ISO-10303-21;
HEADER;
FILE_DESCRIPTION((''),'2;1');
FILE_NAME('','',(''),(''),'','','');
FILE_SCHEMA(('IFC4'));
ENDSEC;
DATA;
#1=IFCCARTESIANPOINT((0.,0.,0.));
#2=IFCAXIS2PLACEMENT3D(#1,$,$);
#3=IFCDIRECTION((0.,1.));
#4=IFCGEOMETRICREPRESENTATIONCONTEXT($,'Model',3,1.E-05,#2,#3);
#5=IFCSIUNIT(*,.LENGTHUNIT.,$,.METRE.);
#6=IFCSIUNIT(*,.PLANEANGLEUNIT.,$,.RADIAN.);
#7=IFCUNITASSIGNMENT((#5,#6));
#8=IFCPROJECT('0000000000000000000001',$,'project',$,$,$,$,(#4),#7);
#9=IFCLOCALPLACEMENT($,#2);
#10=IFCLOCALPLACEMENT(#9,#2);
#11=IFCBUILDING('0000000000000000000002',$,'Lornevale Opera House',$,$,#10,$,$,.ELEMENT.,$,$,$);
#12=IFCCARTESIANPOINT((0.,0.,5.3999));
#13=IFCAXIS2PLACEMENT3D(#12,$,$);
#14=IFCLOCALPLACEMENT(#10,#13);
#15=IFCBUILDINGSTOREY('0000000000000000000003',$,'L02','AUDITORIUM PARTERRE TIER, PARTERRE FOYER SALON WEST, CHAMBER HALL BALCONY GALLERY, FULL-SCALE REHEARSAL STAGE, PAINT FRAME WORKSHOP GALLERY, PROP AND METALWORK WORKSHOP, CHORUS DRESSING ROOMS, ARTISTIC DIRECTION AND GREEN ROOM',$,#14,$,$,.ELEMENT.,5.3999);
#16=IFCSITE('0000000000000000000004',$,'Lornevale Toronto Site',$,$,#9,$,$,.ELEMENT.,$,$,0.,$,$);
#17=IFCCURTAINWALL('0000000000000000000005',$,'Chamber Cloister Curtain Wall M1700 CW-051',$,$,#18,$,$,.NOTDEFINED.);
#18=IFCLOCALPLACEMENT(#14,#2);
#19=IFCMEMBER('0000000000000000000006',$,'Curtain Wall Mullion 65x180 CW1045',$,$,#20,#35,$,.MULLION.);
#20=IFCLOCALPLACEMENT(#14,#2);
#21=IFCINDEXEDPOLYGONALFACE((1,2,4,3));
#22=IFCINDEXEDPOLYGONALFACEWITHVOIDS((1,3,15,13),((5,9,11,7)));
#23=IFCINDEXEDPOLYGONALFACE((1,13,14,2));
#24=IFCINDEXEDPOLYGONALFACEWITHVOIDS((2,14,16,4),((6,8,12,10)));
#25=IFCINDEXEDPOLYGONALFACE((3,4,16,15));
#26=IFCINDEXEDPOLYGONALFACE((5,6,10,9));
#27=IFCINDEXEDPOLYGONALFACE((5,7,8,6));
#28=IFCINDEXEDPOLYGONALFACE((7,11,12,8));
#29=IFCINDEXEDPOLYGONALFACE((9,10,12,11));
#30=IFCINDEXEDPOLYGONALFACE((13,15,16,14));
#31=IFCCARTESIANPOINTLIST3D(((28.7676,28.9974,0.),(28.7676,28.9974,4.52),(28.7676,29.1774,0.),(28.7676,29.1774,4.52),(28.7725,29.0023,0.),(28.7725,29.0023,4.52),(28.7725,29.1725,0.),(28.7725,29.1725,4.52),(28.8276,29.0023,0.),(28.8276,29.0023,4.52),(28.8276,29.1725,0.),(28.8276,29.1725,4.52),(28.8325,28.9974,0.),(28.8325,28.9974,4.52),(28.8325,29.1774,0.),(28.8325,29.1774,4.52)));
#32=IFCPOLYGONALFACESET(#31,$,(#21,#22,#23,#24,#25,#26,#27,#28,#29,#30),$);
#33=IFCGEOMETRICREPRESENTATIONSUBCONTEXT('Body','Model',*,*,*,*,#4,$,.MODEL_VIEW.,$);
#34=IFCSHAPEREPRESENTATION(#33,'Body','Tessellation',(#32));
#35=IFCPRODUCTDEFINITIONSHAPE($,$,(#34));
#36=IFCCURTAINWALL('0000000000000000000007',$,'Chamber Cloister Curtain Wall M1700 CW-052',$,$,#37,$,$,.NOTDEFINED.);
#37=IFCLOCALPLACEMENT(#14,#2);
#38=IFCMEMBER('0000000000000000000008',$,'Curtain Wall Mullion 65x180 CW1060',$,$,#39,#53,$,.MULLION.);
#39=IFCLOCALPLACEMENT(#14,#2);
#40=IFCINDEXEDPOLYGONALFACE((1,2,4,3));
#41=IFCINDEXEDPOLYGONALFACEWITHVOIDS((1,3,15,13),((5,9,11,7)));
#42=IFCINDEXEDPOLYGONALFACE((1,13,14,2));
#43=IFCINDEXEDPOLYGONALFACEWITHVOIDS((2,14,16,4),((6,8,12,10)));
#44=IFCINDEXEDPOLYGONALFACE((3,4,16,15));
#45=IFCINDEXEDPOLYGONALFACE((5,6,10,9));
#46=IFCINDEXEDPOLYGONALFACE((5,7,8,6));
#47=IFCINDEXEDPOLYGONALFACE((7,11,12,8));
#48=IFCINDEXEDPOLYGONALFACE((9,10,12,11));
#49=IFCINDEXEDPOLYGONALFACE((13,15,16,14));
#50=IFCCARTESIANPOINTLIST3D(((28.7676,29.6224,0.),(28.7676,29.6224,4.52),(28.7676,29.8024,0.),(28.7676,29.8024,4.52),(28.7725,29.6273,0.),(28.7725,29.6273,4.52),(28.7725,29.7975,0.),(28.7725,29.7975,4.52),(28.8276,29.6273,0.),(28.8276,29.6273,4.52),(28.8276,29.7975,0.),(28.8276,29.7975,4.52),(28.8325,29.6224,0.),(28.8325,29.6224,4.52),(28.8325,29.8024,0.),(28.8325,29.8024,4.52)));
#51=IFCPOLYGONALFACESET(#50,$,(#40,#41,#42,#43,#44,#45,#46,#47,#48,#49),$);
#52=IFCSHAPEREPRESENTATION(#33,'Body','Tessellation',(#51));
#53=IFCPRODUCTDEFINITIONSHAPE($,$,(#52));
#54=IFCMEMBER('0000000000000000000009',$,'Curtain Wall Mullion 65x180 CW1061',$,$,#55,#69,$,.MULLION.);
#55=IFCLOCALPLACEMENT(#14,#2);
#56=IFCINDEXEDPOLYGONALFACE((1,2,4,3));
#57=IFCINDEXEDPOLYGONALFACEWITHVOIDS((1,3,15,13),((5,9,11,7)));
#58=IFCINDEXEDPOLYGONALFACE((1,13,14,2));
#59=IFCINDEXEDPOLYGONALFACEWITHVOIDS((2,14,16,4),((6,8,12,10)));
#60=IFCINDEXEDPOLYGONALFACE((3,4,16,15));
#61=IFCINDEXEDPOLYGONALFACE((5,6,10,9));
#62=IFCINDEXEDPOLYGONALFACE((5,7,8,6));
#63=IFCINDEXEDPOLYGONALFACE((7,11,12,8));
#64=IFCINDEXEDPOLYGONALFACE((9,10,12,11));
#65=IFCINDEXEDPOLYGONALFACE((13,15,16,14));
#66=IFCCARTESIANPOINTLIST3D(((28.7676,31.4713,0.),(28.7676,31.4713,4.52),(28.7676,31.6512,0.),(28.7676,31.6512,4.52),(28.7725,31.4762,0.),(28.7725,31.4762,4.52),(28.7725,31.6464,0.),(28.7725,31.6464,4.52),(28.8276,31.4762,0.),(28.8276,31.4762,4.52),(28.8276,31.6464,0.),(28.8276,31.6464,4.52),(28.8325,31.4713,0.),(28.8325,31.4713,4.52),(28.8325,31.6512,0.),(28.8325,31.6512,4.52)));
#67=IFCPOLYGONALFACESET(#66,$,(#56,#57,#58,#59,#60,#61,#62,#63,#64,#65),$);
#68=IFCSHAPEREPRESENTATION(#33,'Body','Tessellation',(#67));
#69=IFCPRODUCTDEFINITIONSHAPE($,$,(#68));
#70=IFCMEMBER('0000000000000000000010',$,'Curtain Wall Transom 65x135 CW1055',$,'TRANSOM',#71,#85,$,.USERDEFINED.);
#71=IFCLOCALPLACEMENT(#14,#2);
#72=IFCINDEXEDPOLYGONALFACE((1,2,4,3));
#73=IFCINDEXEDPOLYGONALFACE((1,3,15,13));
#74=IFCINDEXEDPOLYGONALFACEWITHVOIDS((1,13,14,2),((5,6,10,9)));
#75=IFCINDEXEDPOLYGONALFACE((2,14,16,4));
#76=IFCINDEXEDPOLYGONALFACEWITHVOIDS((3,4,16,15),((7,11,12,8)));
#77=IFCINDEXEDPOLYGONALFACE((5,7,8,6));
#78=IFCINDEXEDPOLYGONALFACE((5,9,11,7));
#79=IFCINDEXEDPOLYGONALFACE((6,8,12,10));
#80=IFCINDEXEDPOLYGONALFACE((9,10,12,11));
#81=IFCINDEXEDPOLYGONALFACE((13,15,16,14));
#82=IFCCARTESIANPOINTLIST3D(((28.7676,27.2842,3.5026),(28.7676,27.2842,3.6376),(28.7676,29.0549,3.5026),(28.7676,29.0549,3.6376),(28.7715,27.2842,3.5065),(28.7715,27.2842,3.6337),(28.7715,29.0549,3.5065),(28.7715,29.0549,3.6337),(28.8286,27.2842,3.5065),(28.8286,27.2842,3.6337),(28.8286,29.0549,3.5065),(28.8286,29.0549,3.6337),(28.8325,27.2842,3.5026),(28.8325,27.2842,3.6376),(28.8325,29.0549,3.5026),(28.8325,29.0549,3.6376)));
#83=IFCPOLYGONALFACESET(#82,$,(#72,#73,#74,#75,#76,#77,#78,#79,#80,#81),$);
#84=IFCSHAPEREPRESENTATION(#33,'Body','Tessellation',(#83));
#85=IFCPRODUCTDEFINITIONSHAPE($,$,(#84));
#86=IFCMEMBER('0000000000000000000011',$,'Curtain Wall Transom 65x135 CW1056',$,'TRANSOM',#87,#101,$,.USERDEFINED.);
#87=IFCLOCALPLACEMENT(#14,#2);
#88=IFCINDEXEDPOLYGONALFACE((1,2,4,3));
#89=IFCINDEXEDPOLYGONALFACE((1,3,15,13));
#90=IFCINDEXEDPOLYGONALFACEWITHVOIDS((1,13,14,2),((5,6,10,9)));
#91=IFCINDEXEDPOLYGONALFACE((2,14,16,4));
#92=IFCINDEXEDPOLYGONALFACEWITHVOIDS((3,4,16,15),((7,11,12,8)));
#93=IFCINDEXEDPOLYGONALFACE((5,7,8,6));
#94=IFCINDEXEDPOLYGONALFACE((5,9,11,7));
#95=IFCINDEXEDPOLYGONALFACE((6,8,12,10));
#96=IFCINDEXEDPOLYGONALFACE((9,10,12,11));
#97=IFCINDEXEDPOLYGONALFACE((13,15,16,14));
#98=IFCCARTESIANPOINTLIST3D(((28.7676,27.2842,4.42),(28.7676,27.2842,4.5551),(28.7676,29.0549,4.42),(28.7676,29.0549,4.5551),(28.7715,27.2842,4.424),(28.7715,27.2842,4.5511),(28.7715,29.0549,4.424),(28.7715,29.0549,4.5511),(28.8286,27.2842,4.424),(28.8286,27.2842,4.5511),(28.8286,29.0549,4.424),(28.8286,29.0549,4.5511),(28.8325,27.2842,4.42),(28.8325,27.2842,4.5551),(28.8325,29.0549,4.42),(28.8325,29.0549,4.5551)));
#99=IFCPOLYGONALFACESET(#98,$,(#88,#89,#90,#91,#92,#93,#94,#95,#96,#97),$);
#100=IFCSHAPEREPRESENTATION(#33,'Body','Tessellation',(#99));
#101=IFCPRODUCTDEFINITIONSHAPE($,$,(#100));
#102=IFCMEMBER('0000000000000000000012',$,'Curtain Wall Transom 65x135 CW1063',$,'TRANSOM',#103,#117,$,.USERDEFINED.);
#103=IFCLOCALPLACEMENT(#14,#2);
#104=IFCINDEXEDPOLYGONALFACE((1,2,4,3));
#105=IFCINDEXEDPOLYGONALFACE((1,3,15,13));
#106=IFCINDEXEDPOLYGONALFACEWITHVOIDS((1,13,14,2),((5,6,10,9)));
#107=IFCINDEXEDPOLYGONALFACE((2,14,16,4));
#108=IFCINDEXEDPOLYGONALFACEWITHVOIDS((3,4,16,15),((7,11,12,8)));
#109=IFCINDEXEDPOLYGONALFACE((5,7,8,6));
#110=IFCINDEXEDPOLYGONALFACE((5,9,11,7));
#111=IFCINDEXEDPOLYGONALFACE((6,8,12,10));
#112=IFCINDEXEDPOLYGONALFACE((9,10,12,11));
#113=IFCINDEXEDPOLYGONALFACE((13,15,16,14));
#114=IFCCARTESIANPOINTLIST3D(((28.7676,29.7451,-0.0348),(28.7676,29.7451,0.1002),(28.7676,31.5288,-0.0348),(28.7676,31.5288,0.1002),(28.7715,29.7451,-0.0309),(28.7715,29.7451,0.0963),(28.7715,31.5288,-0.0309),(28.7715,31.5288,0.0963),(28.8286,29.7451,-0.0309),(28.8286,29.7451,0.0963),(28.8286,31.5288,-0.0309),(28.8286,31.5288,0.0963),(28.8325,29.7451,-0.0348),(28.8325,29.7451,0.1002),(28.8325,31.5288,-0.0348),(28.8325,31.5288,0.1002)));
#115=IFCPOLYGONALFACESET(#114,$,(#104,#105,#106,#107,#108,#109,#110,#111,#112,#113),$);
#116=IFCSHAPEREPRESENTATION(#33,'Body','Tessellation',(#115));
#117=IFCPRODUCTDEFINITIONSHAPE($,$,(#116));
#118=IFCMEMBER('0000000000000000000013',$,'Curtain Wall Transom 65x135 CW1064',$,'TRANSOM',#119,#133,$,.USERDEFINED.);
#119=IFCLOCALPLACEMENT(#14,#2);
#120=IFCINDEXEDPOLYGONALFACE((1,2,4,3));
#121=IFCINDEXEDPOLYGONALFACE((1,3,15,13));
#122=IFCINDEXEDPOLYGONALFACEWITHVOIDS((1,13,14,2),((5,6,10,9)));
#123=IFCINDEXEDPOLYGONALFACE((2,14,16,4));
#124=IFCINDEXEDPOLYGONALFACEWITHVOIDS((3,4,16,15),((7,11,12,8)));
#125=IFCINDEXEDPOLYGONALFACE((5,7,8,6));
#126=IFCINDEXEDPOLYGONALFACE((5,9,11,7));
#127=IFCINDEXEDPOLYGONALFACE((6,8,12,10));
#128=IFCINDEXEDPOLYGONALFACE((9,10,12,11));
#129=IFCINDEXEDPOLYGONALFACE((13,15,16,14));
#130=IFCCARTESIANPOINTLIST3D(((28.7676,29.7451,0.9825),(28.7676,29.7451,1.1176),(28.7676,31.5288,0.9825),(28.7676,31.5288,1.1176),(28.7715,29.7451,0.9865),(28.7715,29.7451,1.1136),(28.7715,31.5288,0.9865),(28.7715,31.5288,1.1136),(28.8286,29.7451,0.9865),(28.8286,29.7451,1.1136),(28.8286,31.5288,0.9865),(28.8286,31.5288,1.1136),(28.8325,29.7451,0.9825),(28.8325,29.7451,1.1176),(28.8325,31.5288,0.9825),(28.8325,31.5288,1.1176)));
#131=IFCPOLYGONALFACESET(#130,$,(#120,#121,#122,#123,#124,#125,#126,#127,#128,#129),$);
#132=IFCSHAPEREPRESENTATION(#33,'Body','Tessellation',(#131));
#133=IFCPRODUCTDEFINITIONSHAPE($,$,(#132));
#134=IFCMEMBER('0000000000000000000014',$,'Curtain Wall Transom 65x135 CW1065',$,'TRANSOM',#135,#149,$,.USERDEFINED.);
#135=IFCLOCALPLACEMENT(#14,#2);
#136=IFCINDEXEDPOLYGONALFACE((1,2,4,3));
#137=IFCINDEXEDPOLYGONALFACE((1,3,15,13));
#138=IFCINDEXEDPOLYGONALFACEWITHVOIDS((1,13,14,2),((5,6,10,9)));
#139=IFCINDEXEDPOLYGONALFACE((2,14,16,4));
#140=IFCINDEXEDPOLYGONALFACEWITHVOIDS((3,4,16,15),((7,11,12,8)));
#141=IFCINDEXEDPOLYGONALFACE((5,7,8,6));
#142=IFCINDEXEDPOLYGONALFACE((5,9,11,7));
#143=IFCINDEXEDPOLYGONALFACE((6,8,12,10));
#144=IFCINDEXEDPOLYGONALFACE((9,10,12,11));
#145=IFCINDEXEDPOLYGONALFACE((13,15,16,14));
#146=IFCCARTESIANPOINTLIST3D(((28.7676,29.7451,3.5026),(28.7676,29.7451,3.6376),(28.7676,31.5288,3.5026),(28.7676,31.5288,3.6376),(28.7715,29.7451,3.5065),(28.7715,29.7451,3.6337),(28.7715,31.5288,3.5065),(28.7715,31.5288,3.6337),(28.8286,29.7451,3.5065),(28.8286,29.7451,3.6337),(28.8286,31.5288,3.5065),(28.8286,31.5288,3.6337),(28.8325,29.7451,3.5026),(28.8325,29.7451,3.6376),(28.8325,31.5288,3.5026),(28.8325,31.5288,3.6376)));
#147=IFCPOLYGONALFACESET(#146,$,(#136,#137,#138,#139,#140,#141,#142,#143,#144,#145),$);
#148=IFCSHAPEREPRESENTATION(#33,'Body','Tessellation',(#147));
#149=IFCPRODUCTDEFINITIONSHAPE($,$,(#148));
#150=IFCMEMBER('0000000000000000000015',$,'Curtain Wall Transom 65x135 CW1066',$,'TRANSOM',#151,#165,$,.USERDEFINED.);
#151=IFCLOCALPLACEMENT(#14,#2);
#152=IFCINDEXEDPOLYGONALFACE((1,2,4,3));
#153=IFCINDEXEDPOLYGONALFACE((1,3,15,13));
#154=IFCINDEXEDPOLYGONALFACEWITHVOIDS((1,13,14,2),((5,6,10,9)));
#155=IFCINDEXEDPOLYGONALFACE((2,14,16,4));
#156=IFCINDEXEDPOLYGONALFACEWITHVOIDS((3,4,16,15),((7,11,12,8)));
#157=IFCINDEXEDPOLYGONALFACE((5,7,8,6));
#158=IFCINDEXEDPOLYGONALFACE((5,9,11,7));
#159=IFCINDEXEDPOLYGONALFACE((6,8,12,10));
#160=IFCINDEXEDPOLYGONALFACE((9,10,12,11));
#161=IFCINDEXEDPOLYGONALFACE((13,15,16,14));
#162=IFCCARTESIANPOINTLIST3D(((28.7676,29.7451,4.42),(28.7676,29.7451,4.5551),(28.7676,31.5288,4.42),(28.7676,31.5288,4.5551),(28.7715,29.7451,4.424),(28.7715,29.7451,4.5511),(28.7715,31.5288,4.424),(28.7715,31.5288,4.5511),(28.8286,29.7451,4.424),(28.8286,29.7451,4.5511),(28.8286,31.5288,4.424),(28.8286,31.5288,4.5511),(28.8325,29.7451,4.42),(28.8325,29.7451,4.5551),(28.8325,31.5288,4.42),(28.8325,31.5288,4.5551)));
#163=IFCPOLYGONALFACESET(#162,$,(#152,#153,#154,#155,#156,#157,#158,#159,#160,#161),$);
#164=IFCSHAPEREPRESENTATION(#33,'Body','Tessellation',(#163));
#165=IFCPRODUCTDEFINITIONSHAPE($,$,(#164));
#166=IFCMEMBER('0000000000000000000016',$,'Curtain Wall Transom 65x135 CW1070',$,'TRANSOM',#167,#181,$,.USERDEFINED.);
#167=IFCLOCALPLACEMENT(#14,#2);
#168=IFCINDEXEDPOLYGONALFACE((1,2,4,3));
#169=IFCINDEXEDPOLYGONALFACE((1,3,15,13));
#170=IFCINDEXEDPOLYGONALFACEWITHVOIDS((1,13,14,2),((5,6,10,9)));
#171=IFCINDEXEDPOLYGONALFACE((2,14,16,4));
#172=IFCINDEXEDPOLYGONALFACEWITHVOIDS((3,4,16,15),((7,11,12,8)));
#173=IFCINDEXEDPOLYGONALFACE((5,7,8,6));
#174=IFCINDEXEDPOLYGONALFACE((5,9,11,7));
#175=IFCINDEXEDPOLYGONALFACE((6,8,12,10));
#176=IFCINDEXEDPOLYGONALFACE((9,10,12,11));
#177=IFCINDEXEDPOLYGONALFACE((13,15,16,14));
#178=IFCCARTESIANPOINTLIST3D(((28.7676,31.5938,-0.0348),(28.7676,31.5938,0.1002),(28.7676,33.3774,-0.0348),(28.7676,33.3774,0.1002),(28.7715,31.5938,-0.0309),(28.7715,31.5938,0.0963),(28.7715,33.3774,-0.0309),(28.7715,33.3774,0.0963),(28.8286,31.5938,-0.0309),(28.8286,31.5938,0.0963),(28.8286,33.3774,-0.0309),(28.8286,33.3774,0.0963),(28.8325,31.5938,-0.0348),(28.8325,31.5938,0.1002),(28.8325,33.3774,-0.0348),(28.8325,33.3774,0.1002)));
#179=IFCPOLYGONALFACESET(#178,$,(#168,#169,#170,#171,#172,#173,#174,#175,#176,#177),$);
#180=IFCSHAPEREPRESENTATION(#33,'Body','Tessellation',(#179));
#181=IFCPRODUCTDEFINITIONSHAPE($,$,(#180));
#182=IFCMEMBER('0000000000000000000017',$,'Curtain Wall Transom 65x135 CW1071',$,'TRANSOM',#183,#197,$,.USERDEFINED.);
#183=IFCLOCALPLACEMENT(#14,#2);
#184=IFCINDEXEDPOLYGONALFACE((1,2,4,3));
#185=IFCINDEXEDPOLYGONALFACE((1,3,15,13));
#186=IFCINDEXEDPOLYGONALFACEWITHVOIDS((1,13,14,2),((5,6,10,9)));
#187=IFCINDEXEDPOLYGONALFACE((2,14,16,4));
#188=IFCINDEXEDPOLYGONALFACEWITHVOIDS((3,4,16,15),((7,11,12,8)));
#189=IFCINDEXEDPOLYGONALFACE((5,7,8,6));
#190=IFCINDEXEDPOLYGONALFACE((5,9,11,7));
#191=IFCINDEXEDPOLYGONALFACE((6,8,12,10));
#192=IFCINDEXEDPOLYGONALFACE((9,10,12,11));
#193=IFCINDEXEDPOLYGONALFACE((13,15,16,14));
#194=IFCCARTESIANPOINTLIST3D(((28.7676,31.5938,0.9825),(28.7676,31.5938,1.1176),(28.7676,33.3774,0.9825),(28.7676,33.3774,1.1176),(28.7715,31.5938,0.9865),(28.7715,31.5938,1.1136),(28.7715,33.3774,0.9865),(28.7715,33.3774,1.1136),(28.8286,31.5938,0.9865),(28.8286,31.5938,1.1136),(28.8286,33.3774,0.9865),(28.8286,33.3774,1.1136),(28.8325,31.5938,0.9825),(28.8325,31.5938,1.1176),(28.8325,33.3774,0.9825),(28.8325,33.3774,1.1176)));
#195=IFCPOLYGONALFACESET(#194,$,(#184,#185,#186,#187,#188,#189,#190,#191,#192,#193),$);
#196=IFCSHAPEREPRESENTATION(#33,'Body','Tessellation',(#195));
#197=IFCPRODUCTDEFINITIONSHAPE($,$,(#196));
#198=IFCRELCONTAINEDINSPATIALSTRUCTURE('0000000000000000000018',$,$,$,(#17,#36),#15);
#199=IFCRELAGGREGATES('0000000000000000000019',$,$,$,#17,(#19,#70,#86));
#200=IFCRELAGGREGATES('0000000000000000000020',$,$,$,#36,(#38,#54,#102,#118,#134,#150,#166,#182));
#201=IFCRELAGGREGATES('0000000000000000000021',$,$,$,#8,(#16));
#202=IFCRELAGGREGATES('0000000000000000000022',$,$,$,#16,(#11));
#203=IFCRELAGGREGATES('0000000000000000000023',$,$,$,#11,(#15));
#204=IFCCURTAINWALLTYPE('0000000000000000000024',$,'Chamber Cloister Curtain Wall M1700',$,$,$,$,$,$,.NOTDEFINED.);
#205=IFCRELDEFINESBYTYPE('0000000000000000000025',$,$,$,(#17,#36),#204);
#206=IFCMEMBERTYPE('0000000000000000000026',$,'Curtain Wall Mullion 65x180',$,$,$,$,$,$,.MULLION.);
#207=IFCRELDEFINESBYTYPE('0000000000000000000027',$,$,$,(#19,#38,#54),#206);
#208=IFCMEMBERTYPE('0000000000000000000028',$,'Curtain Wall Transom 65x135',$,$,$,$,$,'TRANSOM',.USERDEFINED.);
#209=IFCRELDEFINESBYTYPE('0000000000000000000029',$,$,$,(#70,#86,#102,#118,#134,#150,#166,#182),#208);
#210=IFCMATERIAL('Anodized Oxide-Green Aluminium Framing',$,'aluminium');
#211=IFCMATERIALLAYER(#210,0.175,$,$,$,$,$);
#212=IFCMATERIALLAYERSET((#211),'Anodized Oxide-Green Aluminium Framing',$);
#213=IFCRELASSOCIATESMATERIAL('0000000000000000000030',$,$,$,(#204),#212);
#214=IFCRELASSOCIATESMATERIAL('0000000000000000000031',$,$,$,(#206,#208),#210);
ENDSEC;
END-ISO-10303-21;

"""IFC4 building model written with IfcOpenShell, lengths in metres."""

from ifc_helpers import new_model, si_unit, direction, frame, origin, origin_2d, place, context, subcontext, project, spatial, hollow_rectangle, extrude, material, layer, layer_set, material_profile, profile_set, type_object, element, aggregate, save


model = new_model("IFC4")

# Units and contexts
model_context = context("Model", 3, precision=1e-05, world=origin(), true_north=direction((0.0, 1.0)))
body_context = subcontext(model_context, "Body", "Model", "MODEL_VIEW")
ifc_project = project(units=[si_unit("LENGTHUNIT", "METRE"), si_unit("PLANEANGLEUNIT", "RADIAN")], contexts=[model_context])

# Site, building, storey
site_placement = place(None, origin())
site = spatial("IfcSite", under=ifc_project, at=site_placement, Name="Lornevale Toronto Site", CompositionType="ELEMENT", RefElevation=0.0)
building_placement = place(site_placement, origin())
building = spatial("IfcBuilding", under=site, at=building_placement, Name="Lornevale Opera House", CompositionType="ELEMENT")
storey_placement = place(building_placement, frame((0.0, 0.0, 5.3999)))
storey = spatial("IfcBuildingStorey", under=building, at=storey_placement, Name="L02", Description="AUDITORIUM PARTERRE TIER, PARTERRE FOYER SALON WEST, CHAMBER HALL BALCONY GALLERY, FULL-SCALE REHEARSAL STAGE, PAINT FRAME WORKSHOP GALLERY, PROP AND METALWORK WORKSHOP, CHORUS DRESSING ROOMS, ARTISTIC DIRECTION AND GREEN ROOM", CompositionType="ELEMENT", Elevation=5.3999)

# Curtain wall, member
ifc_material_1 = material(Name="Anodized Oxide-Green Aluminium Framing", Category="aluminium")
ifc_layer_1 = layer(ifc_material_1, 0.175)
ifc_layer_set_1 = layer_set([ifc_layer_1], Name="Anodized Oxide-Green Aluminium Framing")
curtain_wall_type = type_object("IfcCurtainWallType", Name="Chamber Cloister Curtain Wall M1700", PredefinedType="NOTDEFINED", material=ifc_layer_set_1)
curtain_wall_1_placement = place(storey_placement, origin())
curtain_wall_1 = element("IfcCurtainWall", 1, at=curtain_wall_1_placement, inside=storey, type_object=curtain_wall_type, Name="Chamber Cloister Curtain Wall M1700 CW-051", PredefinedType="NOTDEFINED")
ifc_material_profile_1 = material_profile(ifc_material_1, hollow_rectangle(XDim=0.0649, YDim=0.1799, WallThickness=0.0049, at=origin_2d()), Name="ALU65x180x5")
ifc_profile_set_1 = profile_set([ifc_material_profile_1], Name="Anodized Oxide-Green Aluminium Framing")
member_type_1 = type_object("IfcMemberType", Name="Curtain Wall Mullion 65x180", PredefinedType="MULLION", material=ifc_profile_set_1)
member_1_placement = place(storey_placement, frame((28.8, 29.0874, 0.0), z_axis=(0.0, 0.0, 1.0), x_axis=(-1.0, 0.0, 0.0)))
member_1 = element("IfcMember", 2, at=member_1_placement, type_object=member_type_1, Name="Curtain Wall Mullion 65x180 CW1045", PredefinedType="MULLION", context=body_context, shape_type="SweptSolid", body=[
    extrude(hollow_rectangle(XDim=0.0649, YDim=0.1799, WallThickness=0.0049, at=origin_2d()), origin(), (0.0, 0.0, 1.0), 4.52),
])

# Curtain wall, members
curtain_wall_2_placement = place(storey_placement, origin())
curtain_wall_2 = element("IfcCurtainWall", 3, at=curtain_wall_2_placement, inside=storey, type_object=curtain_wall_type, Name="Chamber Cloister Curtain Wall M1700 CW-052", PredefinedType="NOTDEFINED")
member_2_placement = place(storey_placement, frame((28.8, 29.7124, 0.0), z_axis=(0.0, 0.0, 1.0), x_axis=(-1.0, 0.0, 0.0)))
member_2 = element("IfcMember", 4, at=member_2_placement, type_object=member_type_1, Name="Curtain Wall Mullion 65x180 CW1060", PredefinedType="MULLION", context=body_context, shape_type="SweptSolid", body=[
    extrude(hollow_rectangle(XDim=0.0649, YDim=0.1799, WallThickness=0.0049, at=origin_2d()), origin(), (0.0, 0.0, 1.0), 4.52),
])
member_3_placement = place(storey_placement, frame((28.8, 31.5613, 0.0), z_axis=(0.0, 0.0, 1.0), x_axis=(-1.0, 0.0, 0.0)))
member_3 = element("IfcMember", 5, at=member_3_placement, type_object=member_type_1, Name="Curtain Wall Mullion 65x180 CW1061", PredefinedType="MULLION", context=body_context, shape_type="SweptSolid", body=[
    extrude(hollow_rectangle(XDim=0.0649, YDim=0.1799, WallThickness=0.0049, at=origin_2d()), origin(), (0.0, 0.0, 1.0), 4.52),
])

# Members
ifc_material_profile_2 = material_profile(ifc_material_1, hollow_rectangle(XDim=0.0649, YDim=0.135, WallThickness=0.0039, at=origin_2d()), Name="ALU65x135x4")
ifc_profile_set_2 = profile_set([ifc_material_profile_2], Name="Anodized Oxide-Green Aluminium Framing")
member_type_2 = type_object("IfcMemberType", Name="Curtain Wall Transom 65x135", ElementType="TRANSOM", PredefinedType="USERDEFINED", material=ifc_profile_set_2)
member_4_placement = place(storey_placement, frame((28.8, 27.2842, 3.5701), z_axis=(0.0, 1.0, 0.0), x_axis=(-1.0, 0.0, 0.0)))
member_4 = element("IfcMember", 6, at=member_4_placement, type_object=member_type_2, Name="Curtain Wall Transom 65x135 CW1055", ObjectType="TRANSOM", PredefinedType="USERDEFINED", context=body_context, shape_type="SweptSolid", body=[
    extrude(hollow_rectangle(XDim=0.0649, YDim=0.135, WallThickness=0.0039, at=origin_2d()), origin(), (0.0, 0.0, 1.0), 1.7708),
])
member_5_placement = place(storey_placement, frame((28.8, 27.2842, 4.4875), z_axis=(0.0, 1.0, 0.0), x_axis=(-1.0, 0.0, 0.0)))
member_5 = element("IfcMember", 7, at=member_5_placement, type_object=member_type_2, Name="Curtain Wall Transom 65x135 CW1056", ObjectType="TRANSOM", PredefinedType="USERDEFINED", context=body_context, shape_type="SweptSolid", body=[
    extrude(hollow_rectangle(XDim=0.0649, YDim=0.135, WallThickness=0.0039, at=origin_2d()), origin(), (0.0, 0.0, 1.0), 1.7708),
])
member_6_placement = place(storey_placement, frame((28.8, 29.7451, 0.0327), z_axis=(0.0, 1.0, 0.0), x_axis=(-1.0, 0.0, 0.0)))
member_6 = element("IfcMember", 8, at=member_6_placement, type_object=member_type_2, Name="Curtain Wall Transom 65x135 CW1063", ObjectType="TRANSOM", PredefinedType="USERDEFINED", context=body_context, shape_type="SweptSolid", body=[
    extrude(hollow_rectangle(XDim=0.0649, YDim=0.135, WallThickness=0.0039, at=origin_2d()), origin(), (0.0, 0.0, 1.0), 1.7837),
])
member_7_placement = place(storey_placement, frame((28.8, 29.7451, 1.05), z_axis=(0.0, 1.0, 0.0), x_axis=(-1.0, 0.0, 0.0)))
member_7 = element("IfcMember", 9, at=member_7_placement, type_object=member_type_2, Name="Curtain Wall Transom 65x135 CW1064", ObjectType="TRANSOM", PredefinedType="USERDEFINED", context=body_context, shape_type="SweptSolid", body=[
    extrude(hollow_rectangle(XDim=0.0649, YDim=0.135, WallThickness=0.0039, at=origin_2d()), origin(), (0.0, 0.0, 1.0), 1.7837),
])
member_8_placement = place(storey_placement, frame((28.8, 29.7451, 3.5701), z_axis=(0.0, 1.0, 0.0), x_axis=(-1.0, 0.0, 0.0)))
member_8 = element("IfcMember", 10, at=member_8_placement, type_object=member_type_2, Name="Curtain Wall Transom 65x135 CW1065", ObjectType="TRANSOM", PredefinedType="USERDEFINED", context=body_context, shape_type="SweptSolid", body=[
    extrude(hollow_rectangle(XDim=0.0649, YDim=0.135, WallThickness=0.0039, at=origin_2d()), origin(), (0.0, 0.0, 1.0), 1.7837),
])
member_9_placement = place(storey_placement, frame((28.8, 29.7451, 4.4875), z_axis=(0.0, 1.0, 0.0), x_axis=(-1.0, 0.0, 0.0)))
member_9 = element("IfcMember", 11, at=member_9_placement, type_object=member_type_2, Name="Curtain Wall Transom 65x135 CW1066", ObjectType="TRANSOM", PredefinedType="USERDEFINED", context=body_context, shape_type="SweptSolid", body=[
    extrude(hollow_rectangle(XDim=0.0649, YDim=0.135, WallThickness=0.0039, at=origin_2d()), origin(), (0.0, 0.0, 1.0), 1.7837),
])
member_10_placement = place(storey_placement, frame((28.8, 31.5938, 0.0327), z_axis=(0.0, 1.0, 0.0), x_axis=(-1.0, 0.0, 0.0)))
member_10 = element("IfcMember", 12, at=member_10_placement, type_object=member_type_2, Name="Curtain Wall Transom 65x135 CW1070", ObjectType="TRANSOM", PredefinedType="USERDEFINED", context=body_context, shape_type="SweptSolid", body=[
    extrude(hollow_rectangle(XDim=0.0649, YDim=0.135, WallThickness=0.0039, at=origin_2d()), origin(), (0.0, 0.0, 1.0), 1.7837),
])
member_11_placement = place(storey_placement, frame((28.8, 31.5938, 1.05), z_axis=(0.0, 1.0, 0.0), x_axis=(-1.0, 0.0, 0.0)))
member_11 = element("IfcMember", 13, at=member_11_placement, type_object=member_type_2, Name="Curtain Wall Transom 65x135 CW1071", ObjectType="TRANSOM", PredefinedType="USERDEFINED", context=body_context, shape_type="SweptSolid", body=[
    extrude(hollow_rectangle(XDim=0.0649, YDim=0.135, WallThickness=0.0039, at=origin_2d()), origin(), (0.0, 0.0, 1.0), 1.7837),
])

aggregate(curtain_wall_1, [member_1, member_4, member_5])
aggregate(curtain_wall_2, [member_2, member_3, member_6, member_7, member_8, member_9, member_10, member_11])

save(model, "model.ifc")
